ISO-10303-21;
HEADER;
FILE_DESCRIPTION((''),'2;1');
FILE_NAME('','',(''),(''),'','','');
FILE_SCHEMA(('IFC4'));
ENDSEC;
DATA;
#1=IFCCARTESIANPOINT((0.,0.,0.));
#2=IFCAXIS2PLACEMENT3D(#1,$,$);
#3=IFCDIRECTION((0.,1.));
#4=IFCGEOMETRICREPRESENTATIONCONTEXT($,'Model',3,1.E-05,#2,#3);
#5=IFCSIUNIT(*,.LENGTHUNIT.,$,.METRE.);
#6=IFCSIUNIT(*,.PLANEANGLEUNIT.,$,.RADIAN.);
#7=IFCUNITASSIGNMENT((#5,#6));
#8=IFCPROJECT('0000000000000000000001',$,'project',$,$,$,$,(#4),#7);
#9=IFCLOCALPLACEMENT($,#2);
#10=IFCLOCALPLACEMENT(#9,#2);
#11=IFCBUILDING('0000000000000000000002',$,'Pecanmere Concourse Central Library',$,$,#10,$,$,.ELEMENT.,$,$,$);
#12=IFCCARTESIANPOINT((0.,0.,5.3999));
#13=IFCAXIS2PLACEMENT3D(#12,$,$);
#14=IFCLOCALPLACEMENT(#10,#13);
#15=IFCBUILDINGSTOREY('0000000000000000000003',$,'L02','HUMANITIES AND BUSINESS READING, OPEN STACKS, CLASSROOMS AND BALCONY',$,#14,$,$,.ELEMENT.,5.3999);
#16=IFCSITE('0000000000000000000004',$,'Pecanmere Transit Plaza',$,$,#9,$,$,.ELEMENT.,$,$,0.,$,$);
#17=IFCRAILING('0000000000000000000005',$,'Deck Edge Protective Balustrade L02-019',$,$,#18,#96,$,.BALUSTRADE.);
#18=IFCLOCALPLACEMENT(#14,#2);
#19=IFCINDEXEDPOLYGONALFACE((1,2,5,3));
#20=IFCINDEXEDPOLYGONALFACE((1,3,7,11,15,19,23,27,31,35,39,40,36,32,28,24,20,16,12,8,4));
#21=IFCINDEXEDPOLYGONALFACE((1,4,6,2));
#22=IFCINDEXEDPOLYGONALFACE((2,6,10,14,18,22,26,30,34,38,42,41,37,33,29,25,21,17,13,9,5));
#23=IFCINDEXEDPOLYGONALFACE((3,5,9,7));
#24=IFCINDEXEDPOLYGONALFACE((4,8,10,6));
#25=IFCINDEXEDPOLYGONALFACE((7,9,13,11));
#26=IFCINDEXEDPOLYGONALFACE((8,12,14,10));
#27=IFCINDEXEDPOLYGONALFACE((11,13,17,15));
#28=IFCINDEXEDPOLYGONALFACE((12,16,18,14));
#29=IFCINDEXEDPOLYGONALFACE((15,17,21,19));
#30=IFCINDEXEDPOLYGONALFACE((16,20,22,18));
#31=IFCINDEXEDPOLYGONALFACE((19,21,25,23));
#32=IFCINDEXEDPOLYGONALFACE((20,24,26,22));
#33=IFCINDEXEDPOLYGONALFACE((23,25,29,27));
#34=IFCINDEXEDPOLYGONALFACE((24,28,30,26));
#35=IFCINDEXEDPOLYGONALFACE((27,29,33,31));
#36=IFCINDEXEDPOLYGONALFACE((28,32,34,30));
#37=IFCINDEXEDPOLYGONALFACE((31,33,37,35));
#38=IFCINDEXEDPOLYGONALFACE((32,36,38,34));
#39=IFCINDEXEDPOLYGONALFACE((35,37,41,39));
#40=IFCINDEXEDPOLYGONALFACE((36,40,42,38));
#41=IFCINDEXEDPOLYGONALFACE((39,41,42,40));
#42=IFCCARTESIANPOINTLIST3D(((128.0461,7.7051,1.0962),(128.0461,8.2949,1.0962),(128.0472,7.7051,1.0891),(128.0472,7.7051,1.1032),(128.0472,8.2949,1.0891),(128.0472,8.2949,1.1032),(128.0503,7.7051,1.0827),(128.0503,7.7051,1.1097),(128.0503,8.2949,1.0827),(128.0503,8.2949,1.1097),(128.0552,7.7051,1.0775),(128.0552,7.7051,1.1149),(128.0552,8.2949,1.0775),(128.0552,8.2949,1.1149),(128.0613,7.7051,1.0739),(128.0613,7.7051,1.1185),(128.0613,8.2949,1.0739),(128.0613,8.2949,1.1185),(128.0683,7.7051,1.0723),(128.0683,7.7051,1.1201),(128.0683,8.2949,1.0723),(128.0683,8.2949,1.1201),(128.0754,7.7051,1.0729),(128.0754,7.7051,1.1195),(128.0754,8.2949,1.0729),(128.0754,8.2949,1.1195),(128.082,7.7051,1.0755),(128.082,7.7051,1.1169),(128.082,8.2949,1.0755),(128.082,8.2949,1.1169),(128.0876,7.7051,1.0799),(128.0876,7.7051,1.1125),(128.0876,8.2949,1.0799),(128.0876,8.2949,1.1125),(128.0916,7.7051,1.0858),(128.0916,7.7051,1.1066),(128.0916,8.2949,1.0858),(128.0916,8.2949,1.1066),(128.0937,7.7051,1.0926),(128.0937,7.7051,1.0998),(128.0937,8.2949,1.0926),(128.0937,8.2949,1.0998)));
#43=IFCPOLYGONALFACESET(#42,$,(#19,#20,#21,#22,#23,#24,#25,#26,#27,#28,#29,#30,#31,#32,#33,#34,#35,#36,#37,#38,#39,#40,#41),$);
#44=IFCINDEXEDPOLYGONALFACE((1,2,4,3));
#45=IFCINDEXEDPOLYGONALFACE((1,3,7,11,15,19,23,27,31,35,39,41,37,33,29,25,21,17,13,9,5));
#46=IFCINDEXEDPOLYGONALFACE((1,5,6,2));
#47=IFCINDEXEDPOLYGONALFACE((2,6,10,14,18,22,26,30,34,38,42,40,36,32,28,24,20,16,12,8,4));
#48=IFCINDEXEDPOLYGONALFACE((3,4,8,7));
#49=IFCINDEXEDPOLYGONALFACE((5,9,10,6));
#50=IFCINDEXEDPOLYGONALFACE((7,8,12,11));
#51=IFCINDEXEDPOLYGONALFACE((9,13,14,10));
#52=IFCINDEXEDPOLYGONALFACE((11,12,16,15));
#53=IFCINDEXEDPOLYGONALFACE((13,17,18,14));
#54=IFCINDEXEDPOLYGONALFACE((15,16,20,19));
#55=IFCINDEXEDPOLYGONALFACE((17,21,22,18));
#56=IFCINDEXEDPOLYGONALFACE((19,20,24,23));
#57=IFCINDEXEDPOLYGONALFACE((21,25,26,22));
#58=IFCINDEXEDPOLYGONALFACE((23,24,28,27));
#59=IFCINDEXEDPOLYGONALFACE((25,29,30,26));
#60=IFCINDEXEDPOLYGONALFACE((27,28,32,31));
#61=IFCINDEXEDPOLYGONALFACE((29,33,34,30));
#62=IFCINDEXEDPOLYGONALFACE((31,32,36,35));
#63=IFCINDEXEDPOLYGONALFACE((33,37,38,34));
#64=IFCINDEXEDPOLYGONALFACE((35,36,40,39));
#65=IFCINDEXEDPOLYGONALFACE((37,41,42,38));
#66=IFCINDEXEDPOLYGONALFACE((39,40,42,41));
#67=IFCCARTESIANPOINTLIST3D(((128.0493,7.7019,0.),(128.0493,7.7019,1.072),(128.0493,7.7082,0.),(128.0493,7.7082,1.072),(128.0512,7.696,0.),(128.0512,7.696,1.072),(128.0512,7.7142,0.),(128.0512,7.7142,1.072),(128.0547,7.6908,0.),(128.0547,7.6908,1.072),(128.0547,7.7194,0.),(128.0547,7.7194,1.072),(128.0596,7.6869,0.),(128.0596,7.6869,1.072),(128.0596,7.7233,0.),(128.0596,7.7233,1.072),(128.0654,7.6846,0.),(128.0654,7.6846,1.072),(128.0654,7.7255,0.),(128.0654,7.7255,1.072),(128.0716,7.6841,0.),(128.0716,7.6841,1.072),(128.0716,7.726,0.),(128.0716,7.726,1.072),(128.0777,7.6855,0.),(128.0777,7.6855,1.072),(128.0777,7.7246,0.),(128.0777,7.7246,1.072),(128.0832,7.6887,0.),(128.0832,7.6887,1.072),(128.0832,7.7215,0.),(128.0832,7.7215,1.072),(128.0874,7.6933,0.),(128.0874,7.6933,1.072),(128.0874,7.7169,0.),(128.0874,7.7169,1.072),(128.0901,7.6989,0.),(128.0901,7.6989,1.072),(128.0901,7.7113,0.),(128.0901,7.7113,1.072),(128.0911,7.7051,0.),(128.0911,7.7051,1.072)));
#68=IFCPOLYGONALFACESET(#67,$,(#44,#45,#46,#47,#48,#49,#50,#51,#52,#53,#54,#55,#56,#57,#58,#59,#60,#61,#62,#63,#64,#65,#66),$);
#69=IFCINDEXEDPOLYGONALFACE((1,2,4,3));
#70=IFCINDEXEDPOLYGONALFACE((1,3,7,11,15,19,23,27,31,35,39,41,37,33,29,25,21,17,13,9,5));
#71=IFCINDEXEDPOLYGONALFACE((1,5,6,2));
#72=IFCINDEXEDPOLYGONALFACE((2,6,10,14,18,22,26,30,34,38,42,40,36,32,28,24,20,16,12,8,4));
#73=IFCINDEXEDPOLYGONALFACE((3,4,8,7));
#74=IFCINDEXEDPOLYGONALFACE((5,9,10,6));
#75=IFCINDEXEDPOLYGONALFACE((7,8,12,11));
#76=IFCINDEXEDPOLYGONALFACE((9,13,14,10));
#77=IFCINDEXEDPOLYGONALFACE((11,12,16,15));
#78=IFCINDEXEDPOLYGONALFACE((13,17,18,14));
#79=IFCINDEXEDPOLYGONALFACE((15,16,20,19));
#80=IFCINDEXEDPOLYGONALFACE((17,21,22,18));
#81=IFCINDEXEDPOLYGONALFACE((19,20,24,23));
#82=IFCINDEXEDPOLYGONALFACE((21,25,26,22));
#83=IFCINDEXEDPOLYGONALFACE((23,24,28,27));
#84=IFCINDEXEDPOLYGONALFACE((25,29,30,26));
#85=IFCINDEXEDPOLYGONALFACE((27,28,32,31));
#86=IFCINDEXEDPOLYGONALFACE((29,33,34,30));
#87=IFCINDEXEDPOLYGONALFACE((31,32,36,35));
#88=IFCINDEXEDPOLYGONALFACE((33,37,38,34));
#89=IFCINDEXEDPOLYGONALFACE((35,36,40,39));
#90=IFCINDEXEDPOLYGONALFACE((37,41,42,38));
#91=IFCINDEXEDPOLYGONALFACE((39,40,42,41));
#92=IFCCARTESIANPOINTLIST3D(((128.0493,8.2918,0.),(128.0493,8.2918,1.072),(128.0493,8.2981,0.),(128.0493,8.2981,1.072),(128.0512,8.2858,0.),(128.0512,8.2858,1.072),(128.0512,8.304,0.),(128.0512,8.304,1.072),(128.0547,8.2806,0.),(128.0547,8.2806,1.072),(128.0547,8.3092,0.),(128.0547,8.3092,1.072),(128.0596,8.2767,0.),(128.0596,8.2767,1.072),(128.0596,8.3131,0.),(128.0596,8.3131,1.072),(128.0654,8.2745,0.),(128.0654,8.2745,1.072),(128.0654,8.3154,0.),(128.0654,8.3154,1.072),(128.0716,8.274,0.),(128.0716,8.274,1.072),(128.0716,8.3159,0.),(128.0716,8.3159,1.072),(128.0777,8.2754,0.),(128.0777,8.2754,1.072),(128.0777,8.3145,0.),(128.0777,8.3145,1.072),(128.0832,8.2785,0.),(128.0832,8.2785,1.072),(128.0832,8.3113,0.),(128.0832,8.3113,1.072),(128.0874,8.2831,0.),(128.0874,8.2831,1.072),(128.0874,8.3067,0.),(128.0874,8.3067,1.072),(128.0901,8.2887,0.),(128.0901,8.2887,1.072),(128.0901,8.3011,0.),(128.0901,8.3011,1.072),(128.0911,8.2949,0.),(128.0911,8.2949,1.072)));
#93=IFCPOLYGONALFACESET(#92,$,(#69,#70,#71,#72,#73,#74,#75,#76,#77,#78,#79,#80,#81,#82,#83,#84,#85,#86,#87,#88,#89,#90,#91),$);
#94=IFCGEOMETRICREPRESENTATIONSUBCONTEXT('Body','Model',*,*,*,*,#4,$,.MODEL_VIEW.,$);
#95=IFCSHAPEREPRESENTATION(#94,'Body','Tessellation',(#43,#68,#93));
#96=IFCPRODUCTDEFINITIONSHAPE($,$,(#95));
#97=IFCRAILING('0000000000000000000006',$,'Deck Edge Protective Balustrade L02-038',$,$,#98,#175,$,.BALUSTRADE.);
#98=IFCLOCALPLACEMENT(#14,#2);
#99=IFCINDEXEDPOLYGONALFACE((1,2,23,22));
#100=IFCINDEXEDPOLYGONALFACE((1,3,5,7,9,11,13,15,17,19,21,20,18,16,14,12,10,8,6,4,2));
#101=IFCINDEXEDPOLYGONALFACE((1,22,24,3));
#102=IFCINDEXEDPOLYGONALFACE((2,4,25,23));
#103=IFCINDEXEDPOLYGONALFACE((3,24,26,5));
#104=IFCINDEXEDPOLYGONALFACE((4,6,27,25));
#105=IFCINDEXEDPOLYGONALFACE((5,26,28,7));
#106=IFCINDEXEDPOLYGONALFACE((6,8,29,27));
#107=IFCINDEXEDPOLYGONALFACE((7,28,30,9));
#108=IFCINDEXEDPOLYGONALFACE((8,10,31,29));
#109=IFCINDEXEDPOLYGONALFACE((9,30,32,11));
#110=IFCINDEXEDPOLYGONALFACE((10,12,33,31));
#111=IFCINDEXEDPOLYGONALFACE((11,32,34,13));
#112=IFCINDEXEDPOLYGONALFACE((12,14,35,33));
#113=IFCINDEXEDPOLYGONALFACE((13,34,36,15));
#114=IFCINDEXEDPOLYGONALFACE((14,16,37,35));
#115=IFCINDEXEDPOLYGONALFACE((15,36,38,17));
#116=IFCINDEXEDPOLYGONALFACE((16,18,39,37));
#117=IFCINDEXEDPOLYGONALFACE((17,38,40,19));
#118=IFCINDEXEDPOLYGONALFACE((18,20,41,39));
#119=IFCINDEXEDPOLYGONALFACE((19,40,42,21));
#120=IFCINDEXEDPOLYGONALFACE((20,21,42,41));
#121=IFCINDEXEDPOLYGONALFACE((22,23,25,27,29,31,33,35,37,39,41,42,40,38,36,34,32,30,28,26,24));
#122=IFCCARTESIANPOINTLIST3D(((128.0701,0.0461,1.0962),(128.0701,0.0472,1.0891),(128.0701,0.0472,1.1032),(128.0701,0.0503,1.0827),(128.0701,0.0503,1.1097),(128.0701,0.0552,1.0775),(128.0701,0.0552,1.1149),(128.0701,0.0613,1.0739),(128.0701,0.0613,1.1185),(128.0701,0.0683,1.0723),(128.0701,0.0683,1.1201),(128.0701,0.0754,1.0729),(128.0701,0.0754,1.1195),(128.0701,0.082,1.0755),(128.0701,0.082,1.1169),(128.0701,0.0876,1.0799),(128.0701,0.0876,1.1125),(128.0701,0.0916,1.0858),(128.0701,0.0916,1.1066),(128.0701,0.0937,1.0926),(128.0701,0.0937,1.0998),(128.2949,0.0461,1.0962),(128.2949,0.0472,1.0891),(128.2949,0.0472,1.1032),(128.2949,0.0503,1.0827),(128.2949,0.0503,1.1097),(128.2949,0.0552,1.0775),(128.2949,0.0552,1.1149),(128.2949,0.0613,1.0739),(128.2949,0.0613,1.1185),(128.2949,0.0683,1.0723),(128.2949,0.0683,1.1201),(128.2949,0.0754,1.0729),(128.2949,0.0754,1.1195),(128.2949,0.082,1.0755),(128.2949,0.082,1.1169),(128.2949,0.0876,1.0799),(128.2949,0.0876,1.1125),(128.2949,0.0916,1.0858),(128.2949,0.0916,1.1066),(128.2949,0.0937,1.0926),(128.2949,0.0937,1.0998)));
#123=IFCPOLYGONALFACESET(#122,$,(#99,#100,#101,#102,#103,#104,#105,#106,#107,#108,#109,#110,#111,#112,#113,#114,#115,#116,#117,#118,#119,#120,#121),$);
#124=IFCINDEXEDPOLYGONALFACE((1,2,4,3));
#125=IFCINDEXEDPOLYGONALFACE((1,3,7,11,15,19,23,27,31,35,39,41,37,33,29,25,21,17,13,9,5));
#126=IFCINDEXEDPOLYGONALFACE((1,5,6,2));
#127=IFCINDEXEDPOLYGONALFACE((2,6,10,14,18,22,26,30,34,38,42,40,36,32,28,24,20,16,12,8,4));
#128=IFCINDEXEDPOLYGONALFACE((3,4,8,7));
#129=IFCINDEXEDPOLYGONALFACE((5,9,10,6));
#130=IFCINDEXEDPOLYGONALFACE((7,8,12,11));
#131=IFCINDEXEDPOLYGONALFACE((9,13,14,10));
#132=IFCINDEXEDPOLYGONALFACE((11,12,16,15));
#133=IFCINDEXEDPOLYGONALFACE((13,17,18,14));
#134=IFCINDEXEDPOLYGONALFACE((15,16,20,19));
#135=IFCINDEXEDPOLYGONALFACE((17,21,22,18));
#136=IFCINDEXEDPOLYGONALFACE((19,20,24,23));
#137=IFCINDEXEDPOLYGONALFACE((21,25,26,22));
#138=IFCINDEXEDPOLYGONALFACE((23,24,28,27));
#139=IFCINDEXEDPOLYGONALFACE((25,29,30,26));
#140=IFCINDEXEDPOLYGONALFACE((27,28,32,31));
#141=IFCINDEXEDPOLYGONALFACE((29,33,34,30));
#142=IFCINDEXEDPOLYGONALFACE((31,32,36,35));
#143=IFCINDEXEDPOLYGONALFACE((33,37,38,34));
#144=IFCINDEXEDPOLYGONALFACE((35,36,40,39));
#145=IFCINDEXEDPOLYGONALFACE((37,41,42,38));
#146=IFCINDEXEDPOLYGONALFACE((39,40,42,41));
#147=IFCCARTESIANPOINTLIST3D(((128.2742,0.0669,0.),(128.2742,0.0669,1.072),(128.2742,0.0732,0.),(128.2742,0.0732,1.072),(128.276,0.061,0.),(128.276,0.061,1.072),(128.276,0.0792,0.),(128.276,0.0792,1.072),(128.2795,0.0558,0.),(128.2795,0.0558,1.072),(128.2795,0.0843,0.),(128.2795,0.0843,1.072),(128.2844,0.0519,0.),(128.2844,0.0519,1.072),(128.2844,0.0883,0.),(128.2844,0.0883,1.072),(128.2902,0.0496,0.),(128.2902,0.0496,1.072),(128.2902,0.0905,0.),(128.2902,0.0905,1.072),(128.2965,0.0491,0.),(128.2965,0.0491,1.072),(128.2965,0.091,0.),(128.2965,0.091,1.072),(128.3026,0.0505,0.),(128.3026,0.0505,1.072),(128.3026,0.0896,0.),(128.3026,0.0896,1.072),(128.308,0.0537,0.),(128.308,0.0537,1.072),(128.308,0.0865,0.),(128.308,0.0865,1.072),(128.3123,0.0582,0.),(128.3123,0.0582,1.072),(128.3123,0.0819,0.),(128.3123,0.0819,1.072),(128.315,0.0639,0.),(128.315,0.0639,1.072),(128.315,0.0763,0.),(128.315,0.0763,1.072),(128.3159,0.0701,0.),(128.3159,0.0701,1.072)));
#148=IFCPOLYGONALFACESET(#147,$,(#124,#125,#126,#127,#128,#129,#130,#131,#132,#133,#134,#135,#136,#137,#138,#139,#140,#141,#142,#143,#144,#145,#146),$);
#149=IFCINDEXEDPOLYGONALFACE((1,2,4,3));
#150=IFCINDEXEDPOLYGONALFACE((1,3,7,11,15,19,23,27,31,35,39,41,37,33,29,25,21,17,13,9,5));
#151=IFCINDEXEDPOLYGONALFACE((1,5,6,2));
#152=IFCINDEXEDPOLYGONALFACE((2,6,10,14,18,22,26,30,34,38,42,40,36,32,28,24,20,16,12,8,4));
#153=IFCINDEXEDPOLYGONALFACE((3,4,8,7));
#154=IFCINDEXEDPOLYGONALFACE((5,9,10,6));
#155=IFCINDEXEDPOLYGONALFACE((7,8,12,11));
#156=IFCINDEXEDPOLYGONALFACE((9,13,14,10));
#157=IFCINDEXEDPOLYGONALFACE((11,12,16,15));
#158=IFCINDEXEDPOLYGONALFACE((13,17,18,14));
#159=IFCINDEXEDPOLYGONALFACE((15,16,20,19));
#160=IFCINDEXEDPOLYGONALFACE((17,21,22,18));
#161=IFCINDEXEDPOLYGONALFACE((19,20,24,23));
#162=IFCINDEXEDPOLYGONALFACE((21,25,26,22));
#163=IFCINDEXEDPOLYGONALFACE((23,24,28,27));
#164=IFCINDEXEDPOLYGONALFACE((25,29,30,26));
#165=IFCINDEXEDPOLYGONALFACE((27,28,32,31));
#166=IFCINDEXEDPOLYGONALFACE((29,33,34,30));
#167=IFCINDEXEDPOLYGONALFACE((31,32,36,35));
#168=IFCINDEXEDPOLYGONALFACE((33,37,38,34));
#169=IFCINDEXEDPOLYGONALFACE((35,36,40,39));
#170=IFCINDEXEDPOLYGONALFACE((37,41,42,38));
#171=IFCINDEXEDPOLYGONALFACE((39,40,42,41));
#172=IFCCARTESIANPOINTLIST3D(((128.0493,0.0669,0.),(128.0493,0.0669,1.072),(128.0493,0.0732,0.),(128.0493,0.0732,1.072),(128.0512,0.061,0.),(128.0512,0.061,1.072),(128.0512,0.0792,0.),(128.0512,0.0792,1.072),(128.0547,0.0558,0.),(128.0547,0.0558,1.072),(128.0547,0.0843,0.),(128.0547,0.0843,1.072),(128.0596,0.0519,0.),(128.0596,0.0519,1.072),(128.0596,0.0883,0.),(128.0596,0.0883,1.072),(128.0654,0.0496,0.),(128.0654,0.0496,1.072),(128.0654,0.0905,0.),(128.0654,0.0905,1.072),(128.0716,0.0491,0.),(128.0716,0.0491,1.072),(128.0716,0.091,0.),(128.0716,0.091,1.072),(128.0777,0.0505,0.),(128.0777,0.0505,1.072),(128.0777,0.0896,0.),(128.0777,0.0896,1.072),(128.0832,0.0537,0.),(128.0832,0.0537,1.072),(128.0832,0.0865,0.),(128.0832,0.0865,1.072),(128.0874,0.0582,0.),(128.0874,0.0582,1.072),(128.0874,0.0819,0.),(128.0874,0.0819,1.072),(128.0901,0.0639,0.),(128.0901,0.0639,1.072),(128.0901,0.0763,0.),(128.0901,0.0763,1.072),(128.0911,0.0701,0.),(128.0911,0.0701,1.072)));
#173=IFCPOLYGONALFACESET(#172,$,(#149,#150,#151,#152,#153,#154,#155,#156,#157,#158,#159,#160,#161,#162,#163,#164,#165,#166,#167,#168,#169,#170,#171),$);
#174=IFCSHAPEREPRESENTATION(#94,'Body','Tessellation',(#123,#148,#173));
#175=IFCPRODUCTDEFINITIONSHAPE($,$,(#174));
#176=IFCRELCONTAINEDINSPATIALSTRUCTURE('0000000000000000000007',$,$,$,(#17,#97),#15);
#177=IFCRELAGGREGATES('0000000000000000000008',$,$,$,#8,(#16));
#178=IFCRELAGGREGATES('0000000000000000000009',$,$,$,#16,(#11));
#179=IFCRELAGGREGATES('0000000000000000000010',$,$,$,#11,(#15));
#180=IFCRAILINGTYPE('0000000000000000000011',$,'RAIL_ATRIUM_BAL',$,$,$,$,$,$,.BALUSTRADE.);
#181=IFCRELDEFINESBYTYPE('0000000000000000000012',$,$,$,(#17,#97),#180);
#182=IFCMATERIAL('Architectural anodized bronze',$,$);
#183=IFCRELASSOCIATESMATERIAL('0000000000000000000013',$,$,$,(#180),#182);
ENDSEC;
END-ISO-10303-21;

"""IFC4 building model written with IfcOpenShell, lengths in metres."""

from ifc_helpers import new_model, si_unit, direction, frame, origin, origin_2d, place, context, subcontext, project, spatial, circle, extrude, material, type_object, element, save


model = new_model("IFC4")

# Units and contexts
model_context = context("Model", 3, precision=1e-05, world=origin(), true_north=direction((0.0, 1.0)))
body_context = subcontext(model_context, "Body", "Model", "MODEL_VIEW")
ifc_project = project(units=[si_unit("LENGTHUNIT", "METRE"), si_unit("PLANEANGLEUNIT", "RADIAN")], contexts=[model_context])

# Site, building, storey
site_placement = place(None, origin())
site = spatial("IfcSite", under=ifc_project, at=site_placement, Name="Pecanmere Transit Plaza", CompositionType="ELEMENT", RefElevation=0.0)
building_placement = place(site_placement, origin())
building = spatial("IfcBuilding", under=site, at=building_placement, Name="Pecanmere Concourse Central Library", CompositionType="ELEMENT")
storey_placement = place(building_placement, frame((0.0, 0.0, 5.3999)))
storey = spatial("IfcBuildingStorey", under=building, at=storey_placement, Name="L02", Description="HUMANITIES AND BUSINESS READING, OPEN STACKS, CLASSROOMS AND BALCONY", CompositionType="ELEMENT", Elevation=5.3999)

# Railings
ifc_material_1 = material(Name="Architectural anodized bronze")
railing_type_1 = type_object("IfcRailingType", Name="RAIL_ATRIUM_BAL", PredefinedType="BALUSTRADE", material=ifc_material_1)
railing_1_placement = place(storey_placement, frame((128.0701, 7.7051, 0.0)))
element("IfcRailing", 1, at=railing_1_placement, inside=storey, type_object=railing_type_1, Name="Deck Edge Protective Balustrade L02-019", PredefinedType="BALUSTRADE", context=body_context, shape_type="SweptSolid", body=[
    extrude(circle(Radius=0.0239, at=origin_2d()), frame((0.0, 0.0, 1.0962), z_axis=(0.0, 1.0, 0.0), x_axis=(-1.0, 0.0, 0.0)), (0.0, 0.0, 1.0), 0.5898),
    extrude(circle(Radius=0.021, at=origin_2d()), origin(), (0.0, 0.0, 1.0), 1.072),
    extrude(circle(Radius=0.021, at=origin_2d()), frame((0.0, 0.5898, 0.0)), (0.0, 0.0, 1.0), 1.072),
])
railing_2_placement = place(storey_placement, frame((128.2949, 0.0701, 0.0)))
element("IfcRailing", 2, at=railing_2_placement, inside=storey, type_object=railing_type_1, Name="Deck Edge Protective Balustrade L02-038", PredefinedType="BALUSTRADE", context=body_context, shape_type="SweptSolid", body=[
    extrude(circle(Radius=0.0239, at=origin_2d()), frame((0.0, 0.0, 1.0962), z_axis=(-1.0, 0.0, 0.0), x_axis=(0.0, -1.0, 0.0)), (0.0, 0.0, 1.0), 0.2249),
    extrude(circle(Radius=0.021, at=origin_2d()), origin(), (0.0, 0.0, 1.0), 1.072),
    extrude(circle(Radius=0.021, at=origin_2d()), frame((-0.2249, 0.0, 0.0)), (0.0, 0.0, 1.0), 1.072),
])

save(model, "model.ifc")
